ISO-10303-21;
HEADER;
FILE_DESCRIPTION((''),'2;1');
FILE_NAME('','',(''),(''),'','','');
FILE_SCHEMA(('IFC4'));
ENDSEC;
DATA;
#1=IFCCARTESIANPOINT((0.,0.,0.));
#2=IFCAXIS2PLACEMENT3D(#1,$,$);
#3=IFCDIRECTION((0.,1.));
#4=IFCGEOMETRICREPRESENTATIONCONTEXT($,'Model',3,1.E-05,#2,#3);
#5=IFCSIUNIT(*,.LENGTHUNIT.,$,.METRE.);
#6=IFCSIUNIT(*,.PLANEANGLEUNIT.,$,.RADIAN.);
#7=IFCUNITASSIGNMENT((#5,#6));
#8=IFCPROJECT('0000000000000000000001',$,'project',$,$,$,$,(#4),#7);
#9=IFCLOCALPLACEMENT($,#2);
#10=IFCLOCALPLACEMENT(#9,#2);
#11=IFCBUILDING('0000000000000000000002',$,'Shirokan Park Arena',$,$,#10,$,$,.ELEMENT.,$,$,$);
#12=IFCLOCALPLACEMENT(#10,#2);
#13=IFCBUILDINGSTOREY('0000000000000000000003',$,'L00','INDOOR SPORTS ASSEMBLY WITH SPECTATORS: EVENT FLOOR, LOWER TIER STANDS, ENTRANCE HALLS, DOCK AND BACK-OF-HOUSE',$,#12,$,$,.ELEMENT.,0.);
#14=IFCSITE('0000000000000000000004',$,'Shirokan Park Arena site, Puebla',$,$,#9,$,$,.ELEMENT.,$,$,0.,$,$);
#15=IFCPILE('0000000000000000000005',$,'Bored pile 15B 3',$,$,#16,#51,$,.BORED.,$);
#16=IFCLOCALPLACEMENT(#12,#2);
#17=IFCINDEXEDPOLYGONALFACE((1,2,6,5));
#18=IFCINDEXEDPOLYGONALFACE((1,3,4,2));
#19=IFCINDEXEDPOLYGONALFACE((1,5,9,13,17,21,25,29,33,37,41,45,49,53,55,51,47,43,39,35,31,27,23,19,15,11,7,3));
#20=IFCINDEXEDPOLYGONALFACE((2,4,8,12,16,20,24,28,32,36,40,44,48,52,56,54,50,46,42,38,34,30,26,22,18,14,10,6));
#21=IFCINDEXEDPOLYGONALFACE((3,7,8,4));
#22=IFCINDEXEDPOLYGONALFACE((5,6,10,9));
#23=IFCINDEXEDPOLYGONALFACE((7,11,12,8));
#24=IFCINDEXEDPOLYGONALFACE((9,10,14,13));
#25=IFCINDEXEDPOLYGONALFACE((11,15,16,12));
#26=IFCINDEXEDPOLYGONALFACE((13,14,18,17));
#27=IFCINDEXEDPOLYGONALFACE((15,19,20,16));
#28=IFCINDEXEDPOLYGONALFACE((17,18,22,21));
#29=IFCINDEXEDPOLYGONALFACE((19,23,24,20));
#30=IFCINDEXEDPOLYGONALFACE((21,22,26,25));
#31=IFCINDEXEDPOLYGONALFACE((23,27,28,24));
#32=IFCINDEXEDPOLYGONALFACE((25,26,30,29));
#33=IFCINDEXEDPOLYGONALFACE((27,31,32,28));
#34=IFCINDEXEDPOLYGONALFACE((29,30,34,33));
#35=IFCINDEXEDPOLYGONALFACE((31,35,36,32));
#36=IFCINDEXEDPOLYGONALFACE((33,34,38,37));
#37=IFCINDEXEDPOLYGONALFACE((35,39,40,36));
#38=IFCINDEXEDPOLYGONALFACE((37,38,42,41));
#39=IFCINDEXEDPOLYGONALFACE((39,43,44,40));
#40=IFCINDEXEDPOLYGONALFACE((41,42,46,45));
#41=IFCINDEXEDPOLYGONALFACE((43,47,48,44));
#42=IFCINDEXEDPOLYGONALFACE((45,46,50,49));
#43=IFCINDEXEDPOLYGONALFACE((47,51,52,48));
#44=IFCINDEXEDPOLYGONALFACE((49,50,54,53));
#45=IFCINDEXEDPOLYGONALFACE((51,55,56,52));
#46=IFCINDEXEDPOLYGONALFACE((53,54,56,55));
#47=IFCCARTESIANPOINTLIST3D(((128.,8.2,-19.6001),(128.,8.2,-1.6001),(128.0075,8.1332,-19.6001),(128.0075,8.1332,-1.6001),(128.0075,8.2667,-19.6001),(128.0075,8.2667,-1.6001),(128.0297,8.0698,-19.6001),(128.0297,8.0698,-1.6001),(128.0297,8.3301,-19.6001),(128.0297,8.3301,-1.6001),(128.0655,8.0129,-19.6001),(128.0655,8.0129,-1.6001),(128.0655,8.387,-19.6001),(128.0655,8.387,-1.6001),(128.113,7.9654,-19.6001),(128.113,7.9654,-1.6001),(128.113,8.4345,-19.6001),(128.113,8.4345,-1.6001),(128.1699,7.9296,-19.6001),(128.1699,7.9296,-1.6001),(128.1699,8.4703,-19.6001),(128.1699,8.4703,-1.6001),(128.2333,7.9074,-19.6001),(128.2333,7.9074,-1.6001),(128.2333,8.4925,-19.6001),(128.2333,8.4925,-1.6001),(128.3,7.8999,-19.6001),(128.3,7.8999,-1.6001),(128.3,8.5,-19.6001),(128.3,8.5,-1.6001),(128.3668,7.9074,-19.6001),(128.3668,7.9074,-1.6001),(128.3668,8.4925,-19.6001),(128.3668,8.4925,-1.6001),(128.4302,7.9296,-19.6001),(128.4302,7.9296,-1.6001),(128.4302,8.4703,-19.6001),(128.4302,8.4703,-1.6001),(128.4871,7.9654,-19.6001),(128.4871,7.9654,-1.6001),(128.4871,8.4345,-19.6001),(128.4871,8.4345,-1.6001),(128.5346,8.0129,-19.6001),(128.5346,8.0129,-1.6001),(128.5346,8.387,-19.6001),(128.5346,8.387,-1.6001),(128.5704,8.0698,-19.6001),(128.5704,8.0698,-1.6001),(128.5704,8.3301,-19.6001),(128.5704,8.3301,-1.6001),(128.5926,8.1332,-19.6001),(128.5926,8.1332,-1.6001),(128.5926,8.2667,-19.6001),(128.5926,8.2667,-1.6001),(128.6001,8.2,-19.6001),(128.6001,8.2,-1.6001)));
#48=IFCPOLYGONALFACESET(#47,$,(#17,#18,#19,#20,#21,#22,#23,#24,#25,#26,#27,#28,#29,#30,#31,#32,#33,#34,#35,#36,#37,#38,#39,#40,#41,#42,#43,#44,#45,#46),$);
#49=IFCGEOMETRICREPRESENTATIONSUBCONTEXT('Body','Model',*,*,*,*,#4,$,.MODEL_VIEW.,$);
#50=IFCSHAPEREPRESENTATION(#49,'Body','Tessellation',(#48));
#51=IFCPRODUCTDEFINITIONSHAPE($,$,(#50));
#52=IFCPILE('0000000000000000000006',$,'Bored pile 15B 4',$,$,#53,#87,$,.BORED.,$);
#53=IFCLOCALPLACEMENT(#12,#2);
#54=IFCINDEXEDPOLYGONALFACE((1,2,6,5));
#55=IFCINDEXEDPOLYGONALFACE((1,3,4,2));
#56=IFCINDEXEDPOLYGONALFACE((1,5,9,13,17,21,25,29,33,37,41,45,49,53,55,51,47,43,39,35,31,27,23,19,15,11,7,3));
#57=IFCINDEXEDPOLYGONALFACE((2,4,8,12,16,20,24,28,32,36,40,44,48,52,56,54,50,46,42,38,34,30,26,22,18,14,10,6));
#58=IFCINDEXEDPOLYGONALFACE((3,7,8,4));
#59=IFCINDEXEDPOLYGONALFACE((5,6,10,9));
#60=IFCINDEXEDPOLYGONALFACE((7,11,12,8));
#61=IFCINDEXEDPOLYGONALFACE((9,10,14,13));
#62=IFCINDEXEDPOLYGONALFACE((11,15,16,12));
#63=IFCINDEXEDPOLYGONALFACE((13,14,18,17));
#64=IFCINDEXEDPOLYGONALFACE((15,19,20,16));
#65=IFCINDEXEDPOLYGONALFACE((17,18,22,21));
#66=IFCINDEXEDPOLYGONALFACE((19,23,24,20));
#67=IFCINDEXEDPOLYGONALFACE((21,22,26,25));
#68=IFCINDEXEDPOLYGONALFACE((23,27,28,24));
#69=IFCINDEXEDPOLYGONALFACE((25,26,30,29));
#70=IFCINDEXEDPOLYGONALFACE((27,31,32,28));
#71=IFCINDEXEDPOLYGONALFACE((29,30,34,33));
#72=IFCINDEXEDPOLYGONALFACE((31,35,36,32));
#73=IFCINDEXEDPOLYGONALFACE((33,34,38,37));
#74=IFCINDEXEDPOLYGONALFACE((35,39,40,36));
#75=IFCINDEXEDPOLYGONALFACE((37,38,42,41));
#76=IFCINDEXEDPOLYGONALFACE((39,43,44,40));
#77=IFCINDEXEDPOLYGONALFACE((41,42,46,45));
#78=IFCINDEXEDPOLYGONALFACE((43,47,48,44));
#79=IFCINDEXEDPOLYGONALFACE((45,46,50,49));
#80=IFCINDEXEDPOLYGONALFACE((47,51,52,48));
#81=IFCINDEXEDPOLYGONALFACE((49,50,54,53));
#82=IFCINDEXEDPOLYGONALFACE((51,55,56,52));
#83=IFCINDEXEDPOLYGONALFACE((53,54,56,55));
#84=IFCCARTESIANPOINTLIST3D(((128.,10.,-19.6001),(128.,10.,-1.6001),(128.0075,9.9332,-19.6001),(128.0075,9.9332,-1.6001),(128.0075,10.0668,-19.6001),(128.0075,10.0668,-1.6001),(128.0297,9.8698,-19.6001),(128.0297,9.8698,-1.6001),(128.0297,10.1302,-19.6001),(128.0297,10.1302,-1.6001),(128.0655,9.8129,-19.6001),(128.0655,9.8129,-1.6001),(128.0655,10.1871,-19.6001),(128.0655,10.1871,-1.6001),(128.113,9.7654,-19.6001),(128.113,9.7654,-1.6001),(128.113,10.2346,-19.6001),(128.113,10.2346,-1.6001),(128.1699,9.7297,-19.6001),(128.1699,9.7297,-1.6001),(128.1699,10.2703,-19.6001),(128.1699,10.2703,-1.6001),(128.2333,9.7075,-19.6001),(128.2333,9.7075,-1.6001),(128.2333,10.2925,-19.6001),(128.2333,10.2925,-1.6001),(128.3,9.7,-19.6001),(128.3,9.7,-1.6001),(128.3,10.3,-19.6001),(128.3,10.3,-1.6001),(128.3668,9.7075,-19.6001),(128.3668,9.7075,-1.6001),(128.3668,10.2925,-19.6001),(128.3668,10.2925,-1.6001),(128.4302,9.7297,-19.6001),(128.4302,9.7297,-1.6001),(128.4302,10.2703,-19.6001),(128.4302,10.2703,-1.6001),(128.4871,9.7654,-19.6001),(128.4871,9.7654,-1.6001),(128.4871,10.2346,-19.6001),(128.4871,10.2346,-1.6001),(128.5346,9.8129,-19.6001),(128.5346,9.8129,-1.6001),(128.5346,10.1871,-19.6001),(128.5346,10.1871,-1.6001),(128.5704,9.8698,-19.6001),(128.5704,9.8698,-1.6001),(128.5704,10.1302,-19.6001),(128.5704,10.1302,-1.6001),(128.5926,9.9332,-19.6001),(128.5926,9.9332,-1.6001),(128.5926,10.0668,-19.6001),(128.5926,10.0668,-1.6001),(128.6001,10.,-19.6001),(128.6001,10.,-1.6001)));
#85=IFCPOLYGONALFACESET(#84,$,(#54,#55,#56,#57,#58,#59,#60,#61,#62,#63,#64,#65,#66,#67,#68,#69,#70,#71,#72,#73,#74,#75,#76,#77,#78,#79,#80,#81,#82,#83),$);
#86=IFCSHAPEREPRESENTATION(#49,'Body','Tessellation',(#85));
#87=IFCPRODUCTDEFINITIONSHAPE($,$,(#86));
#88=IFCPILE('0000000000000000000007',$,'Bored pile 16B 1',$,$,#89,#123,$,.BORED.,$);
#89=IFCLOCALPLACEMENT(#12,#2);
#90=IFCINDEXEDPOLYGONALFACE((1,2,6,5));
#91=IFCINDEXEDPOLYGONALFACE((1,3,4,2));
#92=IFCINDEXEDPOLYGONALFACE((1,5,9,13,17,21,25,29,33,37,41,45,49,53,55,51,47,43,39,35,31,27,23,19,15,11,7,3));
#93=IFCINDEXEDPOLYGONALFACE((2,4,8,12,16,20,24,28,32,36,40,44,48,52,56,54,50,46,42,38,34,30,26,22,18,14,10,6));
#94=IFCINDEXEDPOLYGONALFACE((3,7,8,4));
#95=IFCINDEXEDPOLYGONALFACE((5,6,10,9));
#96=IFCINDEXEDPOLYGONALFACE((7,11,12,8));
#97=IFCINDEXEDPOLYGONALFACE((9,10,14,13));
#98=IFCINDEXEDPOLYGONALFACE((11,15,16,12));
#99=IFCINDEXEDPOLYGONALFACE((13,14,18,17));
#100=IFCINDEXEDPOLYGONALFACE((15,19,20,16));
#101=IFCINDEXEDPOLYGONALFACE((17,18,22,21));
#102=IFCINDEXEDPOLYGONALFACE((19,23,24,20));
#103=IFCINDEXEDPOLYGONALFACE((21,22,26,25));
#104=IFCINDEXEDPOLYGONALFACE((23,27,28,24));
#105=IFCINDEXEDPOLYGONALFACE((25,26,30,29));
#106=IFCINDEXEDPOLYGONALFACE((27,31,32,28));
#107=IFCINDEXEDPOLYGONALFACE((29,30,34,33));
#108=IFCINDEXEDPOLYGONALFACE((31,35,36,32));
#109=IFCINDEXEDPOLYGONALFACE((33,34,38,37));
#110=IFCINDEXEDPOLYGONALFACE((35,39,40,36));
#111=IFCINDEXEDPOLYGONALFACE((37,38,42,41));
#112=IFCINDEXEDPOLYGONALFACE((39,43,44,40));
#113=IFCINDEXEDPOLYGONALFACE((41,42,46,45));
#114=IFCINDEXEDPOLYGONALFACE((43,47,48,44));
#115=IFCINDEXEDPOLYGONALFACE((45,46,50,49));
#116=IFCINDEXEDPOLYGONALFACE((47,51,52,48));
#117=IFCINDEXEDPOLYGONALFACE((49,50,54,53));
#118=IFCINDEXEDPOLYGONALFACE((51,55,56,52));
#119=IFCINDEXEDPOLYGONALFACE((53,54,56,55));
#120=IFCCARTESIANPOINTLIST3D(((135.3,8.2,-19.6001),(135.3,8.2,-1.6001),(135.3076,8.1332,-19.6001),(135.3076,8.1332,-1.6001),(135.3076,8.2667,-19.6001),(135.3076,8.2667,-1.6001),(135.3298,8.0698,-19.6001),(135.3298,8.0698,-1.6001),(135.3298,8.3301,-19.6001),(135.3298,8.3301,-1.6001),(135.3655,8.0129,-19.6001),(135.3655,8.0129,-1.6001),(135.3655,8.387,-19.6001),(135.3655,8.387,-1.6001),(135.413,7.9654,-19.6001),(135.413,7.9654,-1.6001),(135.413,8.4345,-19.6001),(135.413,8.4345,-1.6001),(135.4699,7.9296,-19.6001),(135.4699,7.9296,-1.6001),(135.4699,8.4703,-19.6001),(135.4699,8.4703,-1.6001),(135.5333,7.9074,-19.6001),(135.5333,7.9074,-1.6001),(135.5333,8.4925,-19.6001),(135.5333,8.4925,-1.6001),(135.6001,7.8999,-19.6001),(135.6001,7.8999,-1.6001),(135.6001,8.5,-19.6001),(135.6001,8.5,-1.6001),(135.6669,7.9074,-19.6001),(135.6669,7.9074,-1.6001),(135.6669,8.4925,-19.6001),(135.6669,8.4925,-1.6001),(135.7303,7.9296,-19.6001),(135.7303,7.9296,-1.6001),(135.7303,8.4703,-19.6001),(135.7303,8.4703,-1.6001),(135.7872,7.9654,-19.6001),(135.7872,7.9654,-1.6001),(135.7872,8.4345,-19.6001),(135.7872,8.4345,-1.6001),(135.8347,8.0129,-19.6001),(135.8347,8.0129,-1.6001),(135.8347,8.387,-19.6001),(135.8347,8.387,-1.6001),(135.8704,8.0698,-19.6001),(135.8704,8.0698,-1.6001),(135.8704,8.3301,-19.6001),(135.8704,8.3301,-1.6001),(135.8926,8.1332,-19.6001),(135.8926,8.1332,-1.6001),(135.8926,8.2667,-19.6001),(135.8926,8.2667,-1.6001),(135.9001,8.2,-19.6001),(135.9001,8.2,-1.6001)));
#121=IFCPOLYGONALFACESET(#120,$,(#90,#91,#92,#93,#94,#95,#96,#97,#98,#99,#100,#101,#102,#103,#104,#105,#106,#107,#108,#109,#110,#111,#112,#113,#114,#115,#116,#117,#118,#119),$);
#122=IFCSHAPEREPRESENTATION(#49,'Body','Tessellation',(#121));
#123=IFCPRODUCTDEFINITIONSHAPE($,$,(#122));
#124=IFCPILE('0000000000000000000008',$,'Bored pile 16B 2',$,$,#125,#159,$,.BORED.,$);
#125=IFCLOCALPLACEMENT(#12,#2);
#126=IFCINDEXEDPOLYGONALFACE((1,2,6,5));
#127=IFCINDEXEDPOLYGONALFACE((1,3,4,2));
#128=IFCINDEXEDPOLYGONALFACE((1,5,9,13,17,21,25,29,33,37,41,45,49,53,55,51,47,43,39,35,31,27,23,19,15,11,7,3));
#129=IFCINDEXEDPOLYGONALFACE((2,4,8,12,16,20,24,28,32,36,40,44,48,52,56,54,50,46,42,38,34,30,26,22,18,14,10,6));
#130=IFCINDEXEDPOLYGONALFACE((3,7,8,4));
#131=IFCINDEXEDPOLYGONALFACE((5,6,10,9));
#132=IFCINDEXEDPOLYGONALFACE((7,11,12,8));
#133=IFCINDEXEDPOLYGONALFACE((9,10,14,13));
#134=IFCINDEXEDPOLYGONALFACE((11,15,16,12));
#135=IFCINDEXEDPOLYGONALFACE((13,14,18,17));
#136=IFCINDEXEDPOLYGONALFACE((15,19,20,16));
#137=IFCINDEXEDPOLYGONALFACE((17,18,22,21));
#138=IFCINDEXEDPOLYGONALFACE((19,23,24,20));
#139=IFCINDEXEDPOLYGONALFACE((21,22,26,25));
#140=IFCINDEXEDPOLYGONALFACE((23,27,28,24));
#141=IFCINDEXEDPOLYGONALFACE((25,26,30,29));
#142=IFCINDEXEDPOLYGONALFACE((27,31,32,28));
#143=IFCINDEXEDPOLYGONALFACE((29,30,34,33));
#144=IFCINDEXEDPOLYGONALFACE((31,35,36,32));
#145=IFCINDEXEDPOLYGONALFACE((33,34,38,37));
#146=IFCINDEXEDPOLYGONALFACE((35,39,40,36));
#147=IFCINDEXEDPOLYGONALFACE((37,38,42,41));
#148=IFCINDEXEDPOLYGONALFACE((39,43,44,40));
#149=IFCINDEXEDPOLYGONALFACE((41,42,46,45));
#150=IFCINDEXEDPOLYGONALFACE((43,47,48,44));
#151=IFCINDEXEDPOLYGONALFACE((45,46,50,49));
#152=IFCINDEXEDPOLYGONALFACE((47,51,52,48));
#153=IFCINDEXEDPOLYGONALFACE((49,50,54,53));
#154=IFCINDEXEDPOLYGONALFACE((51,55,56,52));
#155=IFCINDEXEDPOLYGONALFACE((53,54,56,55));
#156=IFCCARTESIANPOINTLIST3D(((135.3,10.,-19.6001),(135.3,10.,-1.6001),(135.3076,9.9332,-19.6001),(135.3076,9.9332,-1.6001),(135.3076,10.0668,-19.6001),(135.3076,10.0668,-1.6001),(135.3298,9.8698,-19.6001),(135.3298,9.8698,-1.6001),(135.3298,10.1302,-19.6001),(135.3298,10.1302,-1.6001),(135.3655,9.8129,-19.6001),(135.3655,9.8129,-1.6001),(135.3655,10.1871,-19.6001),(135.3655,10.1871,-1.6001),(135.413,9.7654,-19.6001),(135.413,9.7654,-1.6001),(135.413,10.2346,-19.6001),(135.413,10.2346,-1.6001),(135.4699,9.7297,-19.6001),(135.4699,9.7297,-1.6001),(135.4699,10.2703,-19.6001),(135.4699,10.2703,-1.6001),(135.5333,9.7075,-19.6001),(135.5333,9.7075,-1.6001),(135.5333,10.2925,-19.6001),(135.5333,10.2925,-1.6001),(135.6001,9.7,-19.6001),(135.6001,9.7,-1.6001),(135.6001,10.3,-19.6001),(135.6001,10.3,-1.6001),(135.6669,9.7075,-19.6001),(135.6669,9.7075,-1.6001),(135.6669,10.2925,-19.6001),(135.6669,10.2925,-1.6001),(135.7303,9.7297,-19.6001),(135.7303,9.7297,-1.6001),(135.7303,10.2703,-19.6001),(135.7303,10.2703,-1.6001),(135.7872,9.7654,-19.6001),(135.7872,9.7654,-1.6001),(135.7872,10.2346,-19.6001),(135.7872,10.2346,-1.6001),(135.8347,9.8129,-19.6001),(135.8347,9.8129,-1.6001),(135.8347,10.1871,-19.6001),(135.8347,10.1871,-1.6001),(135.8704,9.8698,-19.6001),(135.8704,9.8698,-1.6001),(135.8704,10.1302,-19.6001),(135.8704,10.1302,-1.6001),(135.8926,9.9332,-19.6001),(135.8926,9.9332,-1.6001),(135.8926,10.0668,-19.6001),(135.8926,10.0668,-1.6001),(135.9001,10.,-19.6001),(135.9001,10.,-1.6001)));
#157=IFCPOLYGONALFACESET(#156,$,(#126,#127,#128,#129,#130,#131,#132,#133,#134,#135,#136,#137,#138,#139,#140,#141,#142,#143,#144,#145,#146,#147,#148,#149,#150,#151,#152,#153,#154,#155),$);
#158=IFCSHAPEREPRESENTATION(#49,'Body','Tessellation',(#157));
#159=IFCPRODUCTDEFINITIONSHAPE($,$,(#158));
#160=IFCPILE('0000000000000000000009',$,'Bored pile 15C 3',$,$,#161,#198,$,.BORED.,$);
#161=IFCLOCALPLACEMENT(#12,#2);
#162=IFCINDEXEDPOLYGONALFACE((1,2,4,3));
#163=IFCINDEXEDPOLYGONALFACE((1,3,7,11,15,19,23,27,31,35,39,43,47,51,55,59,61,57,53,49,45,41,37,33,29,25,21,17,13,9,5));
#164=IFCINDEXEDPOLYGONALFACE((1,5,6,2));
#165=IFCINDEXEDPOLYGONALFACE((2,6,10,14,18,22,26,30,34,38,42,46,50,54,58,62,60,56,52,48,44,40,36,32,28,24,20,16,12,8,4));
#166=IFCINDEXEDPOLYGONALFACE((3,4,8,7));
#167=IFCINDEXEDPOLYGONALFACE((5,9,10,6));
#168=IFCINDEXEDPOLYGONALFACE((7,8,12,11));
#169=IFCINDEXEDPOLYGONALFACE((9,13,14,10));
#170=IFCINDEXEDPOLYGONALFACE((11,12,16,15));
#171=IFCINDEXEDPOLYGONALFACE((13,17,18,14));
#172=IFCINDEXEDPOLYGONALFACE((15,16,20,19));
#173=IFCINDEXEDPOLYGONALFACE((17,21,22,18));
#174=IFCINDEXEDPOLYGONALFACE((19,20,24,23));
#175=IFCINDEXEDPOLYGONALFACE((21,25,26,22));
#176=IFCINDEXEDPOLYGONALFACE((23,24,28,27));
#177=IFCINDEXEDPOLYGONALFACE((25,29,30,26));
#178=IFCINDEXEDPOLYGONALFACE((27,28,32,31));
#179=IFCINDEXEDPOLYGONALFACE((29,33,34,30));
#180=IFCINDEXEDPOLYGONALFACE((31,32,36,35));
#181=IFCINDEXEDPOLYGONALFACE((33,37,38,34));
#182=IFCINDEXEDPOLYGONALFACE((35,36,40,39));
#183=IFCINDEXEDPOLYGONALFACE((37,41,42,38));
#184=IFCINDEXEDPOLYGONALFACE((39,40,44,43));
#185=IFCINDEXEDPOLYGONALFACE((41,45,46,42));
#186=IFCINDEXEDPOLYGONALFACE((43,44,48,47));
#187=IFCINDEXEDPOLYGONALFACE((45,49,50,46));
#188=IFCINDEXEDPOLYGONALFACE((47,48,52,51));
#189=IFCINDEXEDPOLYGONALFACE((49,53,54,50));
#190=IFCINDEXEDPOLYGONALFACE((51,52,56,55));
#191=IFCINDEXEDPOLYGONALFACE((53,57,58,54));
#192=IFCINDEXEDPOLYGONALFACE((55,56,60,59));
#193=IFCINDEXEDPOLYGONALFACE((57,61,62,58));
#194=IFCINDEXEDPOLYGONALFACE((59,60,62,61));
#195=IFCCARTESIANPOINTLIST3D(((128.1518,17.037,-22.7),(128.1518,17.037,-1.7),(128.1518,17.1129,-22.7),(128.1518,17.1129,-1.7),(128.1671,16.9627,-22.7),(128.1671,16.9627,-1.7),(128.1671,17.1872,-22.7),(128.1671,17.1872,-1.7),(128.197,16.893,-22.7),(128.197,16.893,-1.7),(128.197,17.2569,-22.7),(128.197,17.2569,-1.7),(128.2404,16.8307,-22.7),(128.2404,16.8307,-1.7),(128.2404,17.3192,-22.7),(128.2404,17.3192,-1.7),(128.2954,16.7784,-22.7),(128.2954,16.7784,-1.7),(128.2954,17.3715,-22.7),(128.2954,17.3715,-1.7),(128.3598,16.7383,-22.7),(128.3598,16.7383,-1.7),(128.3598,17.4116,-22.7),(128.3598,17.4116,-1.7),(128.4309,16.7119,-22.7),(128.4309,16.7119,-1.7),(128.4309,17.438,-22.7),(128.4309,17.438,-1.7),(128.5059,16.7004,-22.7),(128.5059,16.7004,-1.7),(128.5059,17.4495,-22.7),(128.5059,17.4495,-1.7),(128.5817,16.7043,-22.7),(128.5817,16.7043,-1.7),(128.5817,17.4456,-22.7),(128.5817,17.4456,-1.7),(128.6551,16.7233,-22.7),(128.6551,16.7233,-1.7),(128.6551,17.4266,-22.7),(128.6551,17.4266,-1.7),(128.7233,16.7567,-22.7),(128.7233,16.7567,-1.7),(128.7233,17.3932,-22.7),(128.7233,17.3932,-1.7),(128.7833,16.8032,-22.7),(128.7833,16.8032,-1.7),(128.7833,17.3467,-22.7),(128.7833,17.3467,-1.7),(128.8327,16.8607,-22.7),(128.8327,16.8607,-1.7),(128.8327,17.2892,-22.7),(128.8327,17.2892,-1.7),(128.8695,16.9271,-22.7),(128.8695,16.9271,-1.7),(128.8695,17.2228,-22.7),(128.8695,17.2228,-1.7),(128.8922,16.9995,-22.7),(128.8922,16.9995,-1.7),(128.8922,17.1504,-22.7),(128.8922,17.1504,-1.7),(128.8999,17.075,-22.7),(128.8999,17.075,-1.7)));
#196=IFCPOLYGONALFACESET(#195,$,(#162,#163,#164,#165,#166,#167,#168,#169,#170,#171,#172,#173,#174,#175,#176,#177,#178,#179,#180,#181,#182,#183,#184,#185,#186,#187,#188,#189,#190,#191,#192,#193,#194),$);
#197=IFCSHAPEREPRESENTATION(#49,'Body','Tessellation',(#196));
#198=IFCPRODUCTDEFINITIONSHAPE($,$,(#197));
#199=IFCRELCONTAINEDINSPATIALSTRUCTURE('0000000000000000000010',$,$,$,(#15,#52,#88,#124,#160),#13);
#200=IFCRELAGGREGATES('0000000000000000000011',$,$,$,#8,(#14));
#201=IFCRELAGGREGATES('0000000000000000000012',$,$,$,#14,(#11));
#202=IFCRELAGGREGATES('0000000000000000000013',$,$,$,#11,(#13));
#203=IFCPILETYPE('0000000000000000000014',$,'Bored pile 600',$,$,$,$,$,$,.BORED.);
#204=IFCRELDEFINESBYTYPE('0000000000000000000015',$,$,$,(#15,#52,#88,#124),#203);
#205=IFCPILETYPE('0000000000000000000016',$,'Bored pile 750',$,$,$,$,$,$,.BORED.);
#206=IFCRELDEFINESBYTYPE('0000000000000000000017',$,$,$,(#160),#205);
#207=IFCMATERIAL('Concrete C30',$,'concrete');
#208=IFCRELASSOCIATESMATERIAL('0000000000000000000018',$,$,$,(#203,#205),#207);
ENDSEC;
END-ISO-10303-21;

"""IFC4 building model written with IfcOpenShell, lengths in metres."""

from ifc_helpers import new_model, si_unit, direction, frame, origin, origin_2d, place, context, subcontext, project, spatial, circle, extrude, material, material_profile, profile_set, type_object, element, save


model = new_model("IFC4")

# Units and contexts
model_context = context("Model", 3, precision=1e-05, world=origin(), true_north=direction((0.0, 1.0)))
body_context = subcontext(model_context, "Body", "Model", "MODEL_VIEW")
ifc_project = project(units=[si_unit("LENGTHUNIT", "METRE"), si_unit("PLANEANGLEUNIT", "RADIAN")], contexts=[model_context])

# Site, building, storey
site_placement = place(None, origin())
site = spatial("IfcSite", under=ifc_project, at=site_placement, Name="Shirokan Park Arena site, Puebla", CompositionType="ELEMENT", RefElevation=0.0)
building_placement = place(site_placement, origin())
building = spatial("IfcBuilding", under=site, at=building_placement, Name="Shirokan Park Arena", CompositionType="ELEMENT")
storey_placement = place(building_placement, origin())
storey = spatial("IfcBuildingStorey", under=building, at=storey_placement, Name="L00", Description="INDOOR SPORTS ASSEMBLY WITH SPECTATORS: EVENT FLOOR, LOWER TIER STANDS, ENTRANCE HALLS, DOCK AND BACK-OF-HOUSE", CompositionType="ELEMENT", Elevation=0.0)

# Piles
ifc_material_1 = material(Name="Concrete C30", Category="concrete")
ifc_material_profile_1 = material_profile(ifc_material_1, circle(Radius=0.3, at=origin_2d()), Name="D600")
ifc_profile_set_1 = profile_set([ifc_material_profile_1], Name="Concrete C30")
pile_type_1 = type_object("IfcPileType", Name="Bored pile 600", PredefinedType="BORED", material=ifc_profile_set_1)
for number, where, z_axis, x_axis, name in (
    (1, (128.3, 8.2, -1.6001), (0.0, 0.0, -1.0), (1.0, 0.0, 0.0), "Bored pile 15B 3"),
    (2, (128.3, 10.0, -1.6001), (0.0, 0.0, -1.0), (1.0, 0.0, 0.0), "Bored pile 15B 4"),
    (3, (135.6001, 8.2, -1.6001), (0.0, 0.0, -1.0), (1.0, 0.0, 0.0), "Bored pile 16B 1"),
    (4, (135.6001, 10.0, -1.6001), (0.0, 0.0, -1.0), (1.0, 0.0, 0.0), "Bored pile 16B 2"),
):
    element("IfcPile", number, at=place(storey_placement, frame(where, z_axis=z_axis, x_axis=x_axis)), inside=storey, type_object=pile_type_1, Name=name, PredefinedType="BORED", context=body_context, shape_type="SweptSolid", body=[
        extrude(circle(Radius=0.3, at=origin_2d()), origin(), (0.0, 0.0, 1.0), 18.0),
    ])
ifc_material_profile_2 = material_profile(ifc_material_1, circle(Radius=0.375, at=origin_2d()), Name="D750")
ifc_profile_set_2 = profile_set([ifc_material_profile_2], Name="Concrete C30")
pile_type_2 = type_object("IfcPileType", Name="Bored pile 750", PredefinedType="BORED", material=ifc_profile_set_2)
for number, where, z_axis, x_axis, name in (
    (5, (128.5249, 17.075, -1.7), (0.0, 0.0, -1.0), (1.0, 0.0, 0.0), "Bored pile 15C 3"),
):
    element("IfcPile", number, at=place(storey_placement, frame(where, z_axis=z_axis, x_axis=x_axis)), inside=storey, type_object=pile_type_2, Name=name, PredefinedType="BORED", context=body_context, shape_type="SweptSolid", body=[
        extrude(circle(Radius=0.375, at=origin_2d()), origin(), (0.0, 0.0, 1.0), 21.0),
    ])

save(model, "model.ifc")
